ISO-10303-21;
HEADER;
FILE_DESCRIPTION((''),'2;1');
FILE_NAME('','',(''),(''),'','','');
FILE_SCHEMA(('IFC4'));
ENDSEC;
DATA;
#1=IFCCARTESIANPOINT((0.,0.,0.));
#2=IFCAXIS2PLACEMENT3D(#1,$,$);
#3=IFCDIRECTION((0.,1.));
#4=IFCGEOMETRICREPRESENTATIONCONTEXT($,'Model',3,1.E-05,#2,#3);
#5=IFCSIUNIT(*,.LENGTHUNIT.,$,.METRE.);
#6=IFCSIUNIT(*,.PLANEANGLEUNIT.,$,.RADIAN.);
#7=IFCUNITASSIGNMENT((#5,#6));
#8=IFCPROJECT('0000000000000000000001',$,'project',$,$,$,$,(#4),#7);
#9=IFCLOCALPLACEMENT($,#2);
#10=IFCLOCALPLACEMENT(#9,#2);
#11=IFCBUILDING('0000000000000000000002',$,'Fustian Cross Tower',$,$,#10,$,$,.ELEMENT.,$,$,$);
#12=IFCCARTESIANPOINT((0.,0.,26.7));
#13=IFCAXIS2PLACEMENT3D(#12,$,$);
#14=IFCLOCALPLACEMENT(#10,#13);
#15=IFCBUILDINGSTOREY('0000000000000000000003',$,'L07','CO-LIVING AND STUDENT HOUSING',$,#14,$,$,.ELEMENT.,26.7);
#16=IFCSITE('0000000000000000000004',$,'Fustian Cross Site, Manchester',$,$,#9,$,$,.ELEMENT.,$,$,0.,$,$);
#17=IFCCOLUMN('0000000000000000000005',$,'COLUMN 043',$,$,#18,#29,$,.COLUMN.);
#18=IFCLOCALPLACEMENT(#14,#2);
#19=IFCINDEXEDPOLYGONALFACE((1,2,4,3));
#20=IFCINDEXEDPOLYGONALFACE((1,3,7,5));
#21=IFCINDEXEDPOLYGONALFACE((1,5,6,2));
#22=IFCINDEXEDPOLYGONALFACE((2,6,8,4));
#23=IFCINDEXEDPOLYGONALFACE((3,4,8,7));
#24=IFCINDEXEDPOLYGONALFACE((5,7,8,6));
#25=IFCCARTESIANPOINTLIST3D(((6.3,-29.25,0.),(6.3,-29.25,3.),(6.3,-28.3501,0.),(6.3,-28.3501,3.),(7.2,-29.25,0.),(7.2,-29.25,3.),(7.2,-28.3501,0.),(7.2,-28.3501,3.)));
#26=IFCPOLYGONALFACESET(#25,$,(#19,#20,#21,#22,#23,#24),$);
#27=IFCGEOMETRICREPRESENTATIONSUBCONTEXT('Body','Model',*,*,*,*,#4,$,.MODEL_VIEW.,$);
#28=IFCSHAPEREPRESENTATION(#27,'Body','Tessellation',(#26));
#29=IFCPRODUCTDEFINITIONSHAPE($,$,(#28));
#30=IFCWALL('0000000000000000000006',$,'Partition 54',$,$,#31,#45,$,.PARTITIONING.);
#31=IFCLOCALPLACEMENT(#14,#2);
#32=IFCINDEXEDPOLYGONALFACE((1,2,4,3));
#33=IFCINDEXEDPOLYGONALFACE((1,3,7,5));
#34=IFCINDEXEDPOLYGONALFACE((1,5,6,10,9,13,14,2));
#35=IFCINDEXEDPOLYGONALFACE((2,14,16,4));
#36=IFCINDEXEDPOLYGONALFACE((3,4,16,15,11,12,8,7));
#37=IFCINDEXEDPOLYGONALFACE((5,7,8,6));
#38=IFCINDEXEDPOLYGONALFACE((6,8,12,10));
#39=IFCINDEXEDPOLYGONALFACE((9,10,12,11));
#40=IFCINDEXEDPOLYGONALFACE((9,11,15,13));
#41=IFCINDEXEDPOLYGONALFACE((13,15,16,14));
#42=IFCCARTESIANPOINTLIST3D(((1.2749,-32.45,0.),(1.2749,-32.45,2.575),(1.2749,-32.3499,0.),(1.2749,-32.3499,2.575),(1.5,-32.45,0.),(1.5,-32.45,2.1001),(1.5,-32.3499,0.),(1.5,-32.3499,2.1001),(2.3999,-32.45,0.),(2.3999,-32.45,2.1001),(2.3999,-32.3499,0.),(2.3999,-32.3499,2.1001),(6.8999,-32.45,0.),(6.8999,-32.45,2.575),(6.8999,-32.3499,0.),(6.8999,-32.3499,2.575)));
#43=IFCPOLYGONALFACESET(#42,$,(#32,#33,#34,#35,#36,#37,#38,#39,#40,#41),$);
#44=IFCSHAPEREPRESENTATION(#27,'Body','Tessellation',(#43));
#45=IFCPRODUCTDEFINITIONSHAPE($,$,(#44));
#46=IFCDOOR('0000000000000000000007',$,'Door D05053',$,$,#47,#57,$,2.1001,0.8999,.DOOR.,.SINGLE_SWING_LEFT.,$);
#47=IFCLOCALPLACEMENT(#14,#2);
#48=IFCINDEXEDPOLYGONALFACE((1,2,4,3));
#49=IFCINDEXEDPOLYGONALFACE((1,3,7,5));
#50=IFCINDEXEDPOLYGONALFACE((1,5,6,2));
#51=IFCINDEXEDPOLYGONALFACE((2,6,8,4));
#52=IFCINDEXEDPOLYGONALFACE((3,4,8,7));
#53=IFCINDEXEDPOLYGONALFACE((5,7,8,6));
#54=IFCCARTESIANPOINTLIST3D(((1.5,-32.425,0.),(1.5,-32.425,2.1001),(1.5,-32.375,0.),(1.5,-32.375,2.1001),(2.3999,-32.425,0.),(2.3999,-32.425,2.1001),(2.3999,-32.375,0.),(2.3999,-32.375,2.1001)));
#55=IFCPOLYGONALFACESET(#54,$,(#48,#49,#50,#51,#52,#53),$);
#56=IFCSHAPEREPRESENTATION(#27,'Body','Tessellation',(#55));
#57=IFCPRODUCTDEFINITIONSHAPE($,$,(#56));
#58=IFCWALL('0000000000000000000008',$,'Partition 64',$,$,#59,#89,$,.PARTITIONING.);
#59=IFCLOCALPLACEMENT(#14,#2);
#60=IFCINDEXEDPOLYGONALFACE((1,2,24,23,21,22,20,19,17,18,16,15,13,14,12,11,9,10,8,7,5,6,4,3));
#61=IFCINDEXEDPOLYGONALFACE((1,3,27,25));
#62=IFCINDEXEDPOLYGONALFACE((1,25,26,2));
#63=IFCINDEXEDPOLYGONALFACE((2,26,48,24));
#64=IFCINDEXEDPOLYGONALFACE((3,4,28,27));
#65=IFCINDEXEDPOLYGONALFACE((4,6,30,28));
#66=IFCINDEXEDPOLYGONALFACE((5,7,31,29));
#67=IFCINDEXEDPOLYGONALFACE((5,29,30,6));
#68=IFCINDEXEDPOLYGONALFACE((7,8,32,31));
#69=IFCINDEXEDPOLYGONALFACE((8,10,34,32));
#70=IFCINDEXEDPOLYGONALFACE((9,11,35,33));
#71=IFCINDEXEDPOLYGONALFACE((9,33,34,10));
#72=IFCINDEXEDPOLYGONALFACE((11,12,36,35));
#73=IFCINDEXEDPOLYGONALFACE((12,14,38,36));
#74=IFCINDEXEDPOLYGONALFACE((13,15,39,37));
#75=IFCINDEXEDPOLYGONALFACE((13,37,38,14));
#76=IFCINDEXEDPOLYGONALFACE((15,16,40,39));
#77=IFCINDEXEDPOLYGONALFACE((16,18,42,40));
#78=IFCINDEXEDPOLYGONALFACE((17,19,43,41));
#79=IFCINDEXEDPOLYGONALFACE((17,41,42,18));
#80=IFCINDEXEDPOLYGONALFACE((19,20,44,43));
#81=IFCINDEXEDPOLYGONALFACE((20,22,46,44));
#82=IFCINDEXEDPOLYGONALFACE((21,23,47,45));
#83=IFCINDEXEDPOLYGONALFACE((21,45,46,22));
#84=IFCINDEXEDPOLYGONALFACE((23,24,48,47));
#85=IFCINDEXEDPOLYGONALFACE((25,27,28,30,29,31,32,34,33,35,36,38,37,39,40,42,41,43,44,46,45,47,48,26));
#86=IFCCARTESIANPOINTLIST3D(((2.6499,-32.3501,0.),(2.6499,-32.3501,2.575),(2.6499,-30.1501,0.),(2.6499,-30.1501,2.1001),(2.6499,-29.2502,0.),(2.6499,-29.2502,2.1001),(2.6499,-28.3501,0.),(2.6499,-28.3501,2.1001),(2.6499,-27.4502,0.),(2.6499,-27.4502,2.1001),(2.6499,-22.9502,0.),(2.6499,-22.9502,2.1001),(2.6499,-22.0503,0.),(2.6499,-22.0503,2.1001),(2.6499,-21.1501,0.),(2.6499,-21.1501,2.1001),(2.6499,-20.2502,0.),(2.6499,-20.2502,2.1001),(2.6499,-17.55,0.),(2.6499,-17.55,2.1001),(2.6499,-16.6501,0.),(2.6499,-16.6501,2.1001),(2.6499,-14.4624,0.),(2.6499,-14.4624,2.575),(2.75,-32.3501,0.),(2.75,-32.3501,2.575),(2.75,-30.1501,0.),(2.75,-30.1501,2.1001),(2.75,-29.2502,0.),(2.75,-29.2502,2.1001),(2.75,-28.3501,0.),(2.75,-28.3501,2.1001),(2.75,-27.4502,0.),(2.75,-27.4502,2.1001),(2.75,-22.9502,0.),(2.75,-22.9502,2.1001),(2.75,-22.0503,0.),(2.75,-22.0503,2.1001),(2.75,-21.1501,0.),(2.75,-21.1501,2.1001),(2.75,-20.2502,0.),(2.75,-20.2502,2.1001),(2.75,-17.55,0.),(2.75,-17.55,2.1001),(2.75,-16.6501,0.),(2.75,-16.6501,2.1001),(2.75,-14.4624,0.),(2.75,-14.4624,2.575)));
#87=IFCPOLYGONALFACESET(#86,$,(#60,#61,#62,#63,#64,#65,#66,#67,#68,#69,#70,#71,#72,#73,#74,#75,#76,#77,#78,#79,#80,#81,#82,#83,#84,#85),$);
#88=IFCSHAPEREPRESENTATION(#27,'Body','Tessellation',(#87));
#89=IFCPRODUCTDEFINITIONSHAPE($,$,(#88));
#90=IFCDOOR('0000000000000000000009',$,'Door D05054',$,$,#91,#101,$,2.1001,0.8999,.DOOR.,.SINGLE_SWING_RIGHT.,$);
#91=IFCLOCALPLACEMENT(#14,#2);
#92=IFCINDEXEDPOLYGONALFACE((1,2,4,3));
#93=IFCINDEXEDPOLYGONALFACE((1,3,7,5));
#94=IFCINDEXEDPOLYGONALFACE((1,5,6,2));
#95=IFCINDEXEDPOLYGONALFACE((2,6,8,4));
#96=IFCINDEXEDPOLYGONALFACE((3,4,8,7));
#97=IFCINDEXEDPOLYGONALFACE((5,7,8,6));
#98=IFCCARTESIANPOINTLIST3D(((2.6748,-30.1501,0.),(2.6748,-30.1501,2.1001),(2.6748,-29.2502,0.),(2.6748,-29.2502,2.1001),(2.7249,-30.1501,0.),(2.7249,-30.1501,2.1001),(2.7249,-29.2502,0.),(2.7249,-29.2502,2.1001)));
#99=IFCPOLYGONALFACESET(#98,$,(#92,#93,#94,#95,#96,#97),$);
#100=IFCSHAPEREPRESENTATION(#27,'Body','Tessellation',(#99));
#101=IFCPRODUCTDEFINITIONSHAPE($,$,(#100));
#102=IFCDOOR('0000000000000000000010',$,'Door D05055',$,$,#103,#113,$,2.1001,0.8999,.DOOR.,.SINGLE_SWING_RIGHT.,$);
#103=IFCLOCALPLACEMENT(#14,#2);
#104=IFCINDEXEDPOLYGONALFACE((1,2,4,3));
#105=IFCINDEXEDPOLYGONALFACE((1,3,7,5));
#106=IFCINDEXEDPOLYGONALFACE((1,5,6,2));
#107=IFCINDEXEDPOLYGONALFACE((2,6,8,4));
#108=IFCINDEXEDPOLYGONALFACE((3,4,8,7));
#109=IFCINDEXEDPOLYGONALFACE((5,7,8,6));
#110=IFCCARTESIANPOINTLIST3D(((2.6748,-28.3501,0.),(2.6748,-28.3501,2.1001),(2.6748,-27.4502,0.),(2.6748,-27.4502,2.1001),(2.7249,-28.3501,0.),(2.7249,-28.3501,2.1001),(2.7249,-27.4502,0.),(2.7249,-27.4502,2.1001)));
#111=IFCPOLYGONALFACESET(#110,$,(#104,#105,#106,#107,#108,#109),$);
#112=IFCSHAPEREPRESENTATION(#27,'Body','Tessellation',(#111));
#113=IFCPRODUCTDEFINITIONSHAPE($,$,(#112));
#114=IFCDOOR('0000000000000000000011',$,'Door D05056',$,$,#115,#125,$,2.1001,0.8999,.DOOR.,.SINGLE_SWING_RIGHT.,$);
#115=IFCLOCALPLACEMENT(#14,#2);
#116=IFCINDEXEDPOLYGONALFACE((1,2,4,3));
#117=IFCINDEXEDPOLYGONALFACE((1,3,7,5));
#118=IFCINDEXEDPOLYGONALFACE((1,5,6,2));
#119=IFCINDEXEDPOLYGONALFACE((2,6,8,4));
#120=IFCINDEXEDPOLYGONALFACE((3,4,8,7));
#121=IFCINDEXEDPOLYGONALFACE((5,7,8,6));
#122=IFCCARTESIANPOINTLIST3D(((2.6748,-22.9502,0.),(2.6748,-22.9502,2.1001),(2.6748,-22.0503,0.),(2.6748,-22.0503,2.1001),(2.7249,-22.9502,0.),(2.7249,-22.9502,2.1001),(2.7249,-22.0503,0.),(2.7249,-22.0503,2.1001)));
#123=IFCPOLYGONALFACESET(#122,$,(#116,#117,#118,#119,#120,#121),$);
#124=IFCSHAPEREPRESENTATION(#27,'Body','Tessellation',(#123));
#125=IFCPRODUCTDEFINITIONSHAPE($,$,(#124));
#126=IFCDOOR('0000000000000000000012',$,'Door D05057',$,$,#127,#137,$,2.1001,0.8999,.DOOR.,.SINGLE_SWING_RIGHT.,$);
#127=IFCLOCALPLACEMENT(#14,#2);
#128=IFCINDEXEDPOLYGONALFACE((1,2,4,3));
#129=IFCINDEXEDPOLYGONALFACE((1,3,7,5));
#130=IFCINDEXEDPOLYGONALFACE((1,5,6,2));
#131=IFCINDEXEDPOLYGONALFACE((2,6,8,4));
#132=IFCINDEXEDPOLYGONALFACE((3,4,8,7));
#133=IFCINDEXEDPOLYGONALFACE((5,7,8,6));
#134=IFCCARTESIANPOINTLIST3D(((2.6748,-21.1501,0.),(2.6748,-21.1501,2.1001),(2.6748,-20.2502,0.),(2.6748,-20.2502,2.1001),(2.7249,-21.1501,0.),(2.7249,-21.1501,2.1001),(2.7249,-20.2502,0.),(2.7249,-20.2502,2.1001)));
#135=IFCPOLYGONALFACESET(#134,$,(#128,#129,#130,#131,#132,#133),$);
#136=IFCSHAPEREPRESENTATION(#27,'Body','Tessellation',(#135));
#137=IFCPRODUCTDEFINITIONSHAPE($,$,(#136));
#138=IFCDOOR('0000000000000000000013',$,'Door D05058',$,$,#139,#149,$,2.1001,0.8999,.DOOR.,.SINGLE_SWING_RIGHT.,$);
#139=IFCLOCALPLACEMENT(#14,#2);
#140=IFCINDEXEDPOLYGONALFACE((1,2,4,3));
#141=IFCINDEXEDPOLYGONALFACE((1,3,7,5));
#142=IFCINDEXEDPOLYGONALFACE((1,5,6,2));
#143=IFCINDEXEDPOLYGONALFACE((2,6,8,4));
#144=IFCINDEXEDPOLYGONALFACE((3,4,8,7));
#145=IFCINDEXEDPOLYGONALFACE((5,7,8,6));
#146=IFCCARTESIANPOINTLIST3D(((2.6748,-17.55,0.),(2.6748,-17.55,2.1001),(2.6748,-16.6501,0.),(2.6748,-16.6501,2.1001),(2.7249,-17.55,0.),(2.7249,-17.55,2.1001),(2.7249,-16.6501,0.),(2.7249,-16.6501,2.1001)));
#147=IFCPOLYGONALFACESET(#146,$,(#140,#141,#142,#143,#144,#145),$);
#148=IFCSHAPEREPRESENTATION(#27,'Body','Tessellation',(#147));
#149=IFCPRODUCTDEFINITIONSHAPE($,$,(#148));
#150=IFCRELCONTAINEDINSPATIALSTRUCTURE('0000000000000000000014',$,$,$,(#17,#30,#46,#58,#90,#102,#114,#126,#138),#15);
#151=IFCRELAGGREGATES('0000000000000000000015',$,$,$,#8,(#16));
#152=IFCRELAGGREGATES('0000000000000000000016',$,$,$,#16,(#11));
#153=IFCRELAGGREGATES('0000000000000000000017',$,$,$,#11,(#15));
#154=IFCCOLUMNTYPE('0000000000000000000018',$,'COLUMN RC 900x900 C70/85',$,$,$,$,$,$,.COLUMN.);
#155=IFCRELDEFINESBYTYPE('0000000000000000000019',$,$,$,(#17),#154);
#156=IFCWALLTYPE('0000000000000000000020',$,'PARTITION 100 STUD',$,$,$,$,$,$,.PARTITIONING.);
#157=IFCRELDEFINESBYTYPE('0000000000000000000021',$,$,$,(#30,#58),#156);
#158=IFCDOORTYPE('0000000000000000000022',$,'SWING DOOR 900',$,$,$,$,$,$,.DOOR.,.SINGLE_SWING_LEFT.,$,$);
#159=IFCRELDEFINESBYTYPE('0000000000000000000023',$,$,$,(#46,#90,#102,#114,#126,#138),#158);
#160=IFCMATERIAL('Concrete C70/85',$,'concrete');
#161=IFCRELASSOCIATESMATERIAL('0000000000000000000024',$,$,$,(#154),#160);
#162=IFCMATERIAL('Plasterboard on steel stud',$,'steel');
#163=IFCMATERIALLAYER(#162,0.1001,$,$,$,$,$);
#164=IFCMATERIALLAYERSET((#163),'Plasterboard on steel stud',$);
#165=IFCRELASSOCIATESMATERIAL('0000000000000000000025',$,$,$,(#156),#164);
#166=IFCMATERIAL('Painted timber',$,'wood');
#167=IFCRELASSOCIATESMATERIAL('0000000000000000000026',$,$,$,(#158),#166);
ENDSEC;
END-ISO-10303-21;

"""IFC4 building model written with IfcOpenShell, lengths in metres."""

from ifc_helpers import new_model, si_unit, direction, frame, frame_2d, origin, origin_2d, place, context, subcontext, project, spatial, rectangle, extrude, material, layer, layer_set, material_profile, profile_set, type_object, element, fill, save


model = new_model("IFC4")

# Units and contexts
model_context = context("Model", 3, precision=1e-05, world=origin(), true_north=direction((0.0, 1.0)))
body_context = subcontext(model_context, "Body", "Model", "MODEL_VIEW")
ifc_project = project(units=[si_unit("LENGTHUNIT", "METRE"), si_unit("PLANEANGLEUNIT", "RADIAN")], contexts=[model_context])

# Site, building, storey
site_placement = place(None, origin())
site = spatial("IfcSite", under=ifc_project, at=site_placement, Name="Fustian Cross Site, Manchester", CompositionType="ELEMENT", RefElevation=0.0)
building_placement = place(site_placement, origin())
building = spatial("IfcBuilding", under=site, at=building_placement, Name="Fustian Cross Tower", CompositionType="ELEMENT")
storey_placement = place(building_placement, frame((0.0, 0.0, 26.7)))
storey = spatial("IfcBuildingStorey", under=building, at=storey_placement, Name="L07", Description="CO-LIVING AND STUDENT HOUSING", CompositionType="ELEMENT", Elevation=26.7)

# Column
ifc_material_1 = material(Name="Concrete C70/85", Category="concrete")
ifc_material_profile = material_profile(ifc_material_1, rectangle(XDim=0.8999, YDim=0.8999, at=origin_2d()), Name="RC 900x900")
ifc_profile_set = profile_set([ifc_material_profile], Name="Concrete C70/85")
column_type = type_object("IfcColumnType", Name="COLUMN RC 900x900 C70/85", PredefinedType="COLUMN", material=ifc_profile_set)
column_placement = place(storey_placement, frame((6.75, -28.8, 0.0), z_axis=(0.0, 0.0, 1.0), x_axis=(1.0, 0.0, 0.0)))
element("IfcColumn", 1, at=column_placement, inside=storey, type_object=column_type, Name="COLUMN 043", PredefinedType="COLUMN", context=body_context, shape_type="SweptSolid", body=[
    extrude(rectangle(XDim=0.8999, YDim=0.8999, at=origin_2d()), origin(), (0.0, 0.0, 1.0), 3.0),
])

# Wall, opening, door
ifc_material_2 = material(Name="Plasterboard on steel stud", Category="steel")
ifc_layer = layer(ifc_material_2, 0.1001)
ifc_layer_set = layer_set([ifc_layer], Name="Plasterboard on steel stud")
wall_type = type_object("IfcWallType", Name="PARTITION 100 STUD", PredefinedType="PARTITIONING", material=ifc_layer_set)
wall_1_placement = place(storey_placement, frame((1.2749, -32.3999, 0.0), z_axis=(0.0, 0.0, 1.0), x_axis=(1.0, 0.0, 0.0)))
wall_1 = element("IfcWall", 2, at=wall_1_placement, inside=storey, type_object=wall_type, Name="Partition 54", PredefinedType="PARTITIONING", context=body_context, shape_type="SweptSolid", body=[
    extrude(rectangle(XDim=5.625, YDim=0.1001, at=frame_2d((2.8125, 0.0))), origin(), (0.0, 0.0, 1.0), 2.575),
])
opening_1_placement = place(wall_1_placement, frame((0.2251, 0.0, 0.0)))
opening_1 = element("IfcOpeningElement", 3, at=opening_1_placement, cuts=wall_1, PredefinedType="OPENING", context=body_context, shape_type="SweptSolid", body=[
    extrude(rectangle(XDim=0.8999, YDim=2.1001, at=frame_2d((0.45, 1.05))), frame((0.0, 0.0601, 0.0), z_axis=(0.0, -1.0, 0.0), x_axis=(1.0, 0.0, 0.0)), (0.0, 0.0, 1.0), 0.1201),
])
ifc_material_3 = material(Name="Painted timber", Category="wood")
door_type_1 = type_object("IfcDoorType", Name="SWING DOOR 900", OperationType="SINGLE_SWING_LEFT", PredefinedType="DOOR", material=ifc_material_3)
door_1_placement = place(opening_1_placement, origin())
door_1 = element("IfcDoor", 4, at=door_1_placement, inside=storey, type_object=door_type_1, Name="Door D05053", OperationType="SINGLE_SWING_LEFT", OverallHeight=2.1001, OverallWidth=0.8999, PredefinedType="DOOR", context=body_context, shape_type="SweptSolid", body=[
    extrude(rectangle(XDim=0.8999, YDim=2.1001, at=frame_2d((0.45, 1.05))), frame((0.0, 0.0249, 0.0), z_axis=(0.0, -1.0, 0.0), x_axis=(1.0, 0.0, 0.0)), (0.0, 0.0, 1.0), 0.05),
])
fill(opening_1, door_1)

# Wall, openings, doors
wall_2_placement = place(storey_placement, frame((2.7, -32.3501, 0.0), z_axis=(0.0, 0.0, 1.0), x_axis=(0.0, 1.0, 0.0)))
wall_2 = element("IfcWall", 5, at=wall_2_placement, inside=storey, type_object=wall_type, Name="Partition 64", PredefinedType="PARTITIONING", context=body_context, shape_type="SweptSolid", body=[
    extrude(rectangle(XDim=17.8877, YDim=0.1001, at=frame_2d((8.9438, 0.0))), origin(), (0.0, 0.0, 1.0), 2.575),
])
opening_2_placement = place(wall_2_placement, frame((2.2, 0.0, 0.0)))
opening_2 = element("IfcOpeningElement", 6, at=opening_2_placement, cuts=wall_2, PredefinedType="OPENING", context=body_context, shape_type="SweptSolid", body=[
    extrude(rectangle(XDim=0.8999, YDim=2.1001, at=frame_2d((0.45, 1.05))), frame((0.0, 0.0601, 0.0), z_axis=(0.0, -1.0, 0.0), x_axis=(1.0, 0.0, 0.0)), (0.0, 0.0, 1.0), 0.1201),
])
opening_3_placement = place(wall_2_placement, frame((4.0, 0.0, 0.0)))
opening_3 = element("IfcOpeningElement", 7, at=opening_3_placement, cuts=wall_2, PredefinedType="OPENING", context=body_context, shape_type="SweptSolid", body=[
    extrude(rectangle(XDim=0.8999, YDim=2.1001, at=frame_2d((0.45, 1.05))), frame((0.0, 0.0601, 0.0), z_axis=(0.0, -1.0, 0.0), x_axis=(1.0, 0.0, 0.0)), (0.0, 0.0, 1.0), 0.1201),
])
opening_4_placement = place(wall_2_placement, frame((9.3999, 0.0, 0.0)))
opening_4 = element("IfcOpeningElement", 8, at=opening_4_placement, cuts=wall_2, PredefinedType="OPENING", context=body_context, shape_type="SweptSolid", body=[
    extrude(rectangle(XDim=0.8999, YDim=2.1001, at=frame_2d((0.45, 1.05))), frame((0.0, 0.0601, 0.0), z_axis=(0.0, -1.0, 0.0), x_axis=(1.0, 0.0, 0.0)), (0.0, 0.0, 1.0), 0.1201),
])
opening_5_placement = place(wall_2_placement, frame((11.2, 0.0, 0.0)))
opening_5 = element("IfcOpeningElement", 9, at=opening_5_placement, cuts=wall_2, PredefinedType="OPENING", context=body_context, shape_type="SweptSolid", body=[
    extrude(rectangle(XDim=0.8999, YDim=2.1001, at=frame_2d((0.45, 1.05))), frame((0.0, 0.0601, 0.0), z_axis=(0.0, -1.0, 0.0), x_axis=(1.0, 0.0, 0.0)), (0.0, 0.0, 1.0), 0.1201),
])
opening_6_placement = place(wall_2_placement, frame((14.8, 0.0, 0.0)))
opening_6 = element("IfcOpeningElement", 10, at=opening_6_placement, cuts=wall_2, PredefinedType="OPENING", context=body_context, shape_type="SweptSolid", body=[
    extrude(rectangle(XDim=0.8999, YDim=2.1001, at=frame_2d((0.45, 1.05))), frame((0.0, 0.0601, 0.0), z_axis=(0.0, -1.0, 0.0), x_axis=(1.0, 0.0, 0.0)), (0.0, 0.0, 1.0), 0.1201),
])
door_2_placement = place(opening_2_placement, frame((0.8999, 0.0, 0.0), z_axis=(0.0, 0.0, 1.0), x_axis=(-1.0, 0.0, 0.0)))
door_2 = element("IfcDoor", 11, at=door_2_placement, inside=storey, type_object=door_type_1, Name="Door D05054", OperationType="SINGLE_SWING_RIGHT", OverallHeight=2.1001, OverallWidth=0.8999, PredefinedType="DOOR", context=body_context, shape_type="SweptSolid", body=[
    extrude(rectangle(XDim=0.8999, YDim=2.1001, at=frame_2d((0.45, 1.05))), frame((0.0, 0.0249, 0.0), z_axis=(0.0, -1.0, 0.0), x_axis=(1.0, 0.0, 0.0)), (0.0, 0.0, 1.0), 0.05),
])
fill(opening_2, door_2)
door_3_placement = place(opening_3_placement, frame((0.8999, 0.0, 0.0), z_axis=(0.0, 0.0, 1.0), x_axis=(-1.0, 0.0, 0.0)))
door_3 = element("IfcDoor", 12, at=door_3_placement, inside=storey, type_object=door_type_1, Name="Door D05055", OperationType="SINGLE_SWING_RIGHT", OverallHeight=2.1001, OverallWidth=0.8999, PredefinedType="DOOR", context=body_context, shape_type="SweptSolid", body=[
    extrude(rectangle(XDim=0.8999, YDim=2.1001, at=frame_2d((0.45, 1.05))), frame((0.0, 0.0249, 0.0), z_axis=(0.0, -1.0, 0.0), x_axis=(1.0, 0.0, 0.0)), (0.0, 0.0, 1.0), 0.05),
])
fill(opening_3, door_3)
door_4_placement = place(opening_4_placement, frame((0.8999, 0.0, 0.0), z_axis=(0.0, 0.0, 1.0), x_axis=(-1.0, 0.0, 0.0)))
door_4 = element("IfcDoor", 13, at=door_4_placement, inside=storey, type_object=door_type_1, Name="Door D05056", OperationType="SINGLE_SWING_RIGHT", OverallHeight=2.1001, OverallWidth=0.8999, PredefinedType="DOOR", context=body_context, shape_type="SweptSolid", body=[
    extrude(rectangle(XDim=0.8999, YDim=2.1001, at=frame_2d((0.45, 1.05))), frame((0.0, 0.0249, 0.0), z_axis=(0.0, -1.0, 0.0), x_axis=(1.0, 0.0, 0.0)), (0.0, 0.0, 1.0), 0.05),
])
fill(opening_4, door_4)
door_5_placement = place(opening_5_placement, frame((0.8999, 0.0, 0.0), z_axis=(0.0, 0.0, 1.0), x_axis=(-1.0, 0.0, 0.0)))
door_5 = element("IfcDoor", 14, at=door_5_placement, inside=storey, type_object=door_type_1, Name="Door D05057", OperationType="SINGLE_SWING_RIGHT", OverallHeight=2.1001, OverallWidth=0.8999, PredefinedType="DOOR", context=body_context, shape_type="SweptSolid", body=[
    extrude(rectangle(XDim=0.8999, YDim=2.1001, at=frame_2d((0.45, 1.05))), frame((0.0, 0.0249, 0.0), z_axis=(0.0, -1.0, 0.0), x_axis=(1.0, 0.0, 0.0)), (0.0, 0.0, 1.0), 0.05),
])
fill(opening_5, door_5)
door_6_placement = place(opening_6_placement, frame((0.8999, 0.0, 0.0), z_axis=(0.0, 0.0, 1.0), x_axis=(-1.0, 0.0, 0.0)))
door_6 = element("IfcDoor", 15, at=door_6_placement, inside=storey, type_object=door_type_1, Name="Door D05058", OperationType="SINGLE_SWING_RIGHT", OverallHeight=2.1001, OverallWidth=0.8999, PredefinedType="DOOR", context=body_context, shape_type="SweptSolid", body=[
    extrude(rectangle(XDim=0.8999, YDim=2.1001, at=frame_2d((0.45, 1.05))), frame((0.0, 0.0249, 0.0), z_axis=(0.0, -1.0, 0.0), x_axis=(1.0, 0.0, 0.0)), (0.0, 0.0, 1.0), 0.05),
])
fill(opening_6, door_6)

save(model, "model.ifc")
